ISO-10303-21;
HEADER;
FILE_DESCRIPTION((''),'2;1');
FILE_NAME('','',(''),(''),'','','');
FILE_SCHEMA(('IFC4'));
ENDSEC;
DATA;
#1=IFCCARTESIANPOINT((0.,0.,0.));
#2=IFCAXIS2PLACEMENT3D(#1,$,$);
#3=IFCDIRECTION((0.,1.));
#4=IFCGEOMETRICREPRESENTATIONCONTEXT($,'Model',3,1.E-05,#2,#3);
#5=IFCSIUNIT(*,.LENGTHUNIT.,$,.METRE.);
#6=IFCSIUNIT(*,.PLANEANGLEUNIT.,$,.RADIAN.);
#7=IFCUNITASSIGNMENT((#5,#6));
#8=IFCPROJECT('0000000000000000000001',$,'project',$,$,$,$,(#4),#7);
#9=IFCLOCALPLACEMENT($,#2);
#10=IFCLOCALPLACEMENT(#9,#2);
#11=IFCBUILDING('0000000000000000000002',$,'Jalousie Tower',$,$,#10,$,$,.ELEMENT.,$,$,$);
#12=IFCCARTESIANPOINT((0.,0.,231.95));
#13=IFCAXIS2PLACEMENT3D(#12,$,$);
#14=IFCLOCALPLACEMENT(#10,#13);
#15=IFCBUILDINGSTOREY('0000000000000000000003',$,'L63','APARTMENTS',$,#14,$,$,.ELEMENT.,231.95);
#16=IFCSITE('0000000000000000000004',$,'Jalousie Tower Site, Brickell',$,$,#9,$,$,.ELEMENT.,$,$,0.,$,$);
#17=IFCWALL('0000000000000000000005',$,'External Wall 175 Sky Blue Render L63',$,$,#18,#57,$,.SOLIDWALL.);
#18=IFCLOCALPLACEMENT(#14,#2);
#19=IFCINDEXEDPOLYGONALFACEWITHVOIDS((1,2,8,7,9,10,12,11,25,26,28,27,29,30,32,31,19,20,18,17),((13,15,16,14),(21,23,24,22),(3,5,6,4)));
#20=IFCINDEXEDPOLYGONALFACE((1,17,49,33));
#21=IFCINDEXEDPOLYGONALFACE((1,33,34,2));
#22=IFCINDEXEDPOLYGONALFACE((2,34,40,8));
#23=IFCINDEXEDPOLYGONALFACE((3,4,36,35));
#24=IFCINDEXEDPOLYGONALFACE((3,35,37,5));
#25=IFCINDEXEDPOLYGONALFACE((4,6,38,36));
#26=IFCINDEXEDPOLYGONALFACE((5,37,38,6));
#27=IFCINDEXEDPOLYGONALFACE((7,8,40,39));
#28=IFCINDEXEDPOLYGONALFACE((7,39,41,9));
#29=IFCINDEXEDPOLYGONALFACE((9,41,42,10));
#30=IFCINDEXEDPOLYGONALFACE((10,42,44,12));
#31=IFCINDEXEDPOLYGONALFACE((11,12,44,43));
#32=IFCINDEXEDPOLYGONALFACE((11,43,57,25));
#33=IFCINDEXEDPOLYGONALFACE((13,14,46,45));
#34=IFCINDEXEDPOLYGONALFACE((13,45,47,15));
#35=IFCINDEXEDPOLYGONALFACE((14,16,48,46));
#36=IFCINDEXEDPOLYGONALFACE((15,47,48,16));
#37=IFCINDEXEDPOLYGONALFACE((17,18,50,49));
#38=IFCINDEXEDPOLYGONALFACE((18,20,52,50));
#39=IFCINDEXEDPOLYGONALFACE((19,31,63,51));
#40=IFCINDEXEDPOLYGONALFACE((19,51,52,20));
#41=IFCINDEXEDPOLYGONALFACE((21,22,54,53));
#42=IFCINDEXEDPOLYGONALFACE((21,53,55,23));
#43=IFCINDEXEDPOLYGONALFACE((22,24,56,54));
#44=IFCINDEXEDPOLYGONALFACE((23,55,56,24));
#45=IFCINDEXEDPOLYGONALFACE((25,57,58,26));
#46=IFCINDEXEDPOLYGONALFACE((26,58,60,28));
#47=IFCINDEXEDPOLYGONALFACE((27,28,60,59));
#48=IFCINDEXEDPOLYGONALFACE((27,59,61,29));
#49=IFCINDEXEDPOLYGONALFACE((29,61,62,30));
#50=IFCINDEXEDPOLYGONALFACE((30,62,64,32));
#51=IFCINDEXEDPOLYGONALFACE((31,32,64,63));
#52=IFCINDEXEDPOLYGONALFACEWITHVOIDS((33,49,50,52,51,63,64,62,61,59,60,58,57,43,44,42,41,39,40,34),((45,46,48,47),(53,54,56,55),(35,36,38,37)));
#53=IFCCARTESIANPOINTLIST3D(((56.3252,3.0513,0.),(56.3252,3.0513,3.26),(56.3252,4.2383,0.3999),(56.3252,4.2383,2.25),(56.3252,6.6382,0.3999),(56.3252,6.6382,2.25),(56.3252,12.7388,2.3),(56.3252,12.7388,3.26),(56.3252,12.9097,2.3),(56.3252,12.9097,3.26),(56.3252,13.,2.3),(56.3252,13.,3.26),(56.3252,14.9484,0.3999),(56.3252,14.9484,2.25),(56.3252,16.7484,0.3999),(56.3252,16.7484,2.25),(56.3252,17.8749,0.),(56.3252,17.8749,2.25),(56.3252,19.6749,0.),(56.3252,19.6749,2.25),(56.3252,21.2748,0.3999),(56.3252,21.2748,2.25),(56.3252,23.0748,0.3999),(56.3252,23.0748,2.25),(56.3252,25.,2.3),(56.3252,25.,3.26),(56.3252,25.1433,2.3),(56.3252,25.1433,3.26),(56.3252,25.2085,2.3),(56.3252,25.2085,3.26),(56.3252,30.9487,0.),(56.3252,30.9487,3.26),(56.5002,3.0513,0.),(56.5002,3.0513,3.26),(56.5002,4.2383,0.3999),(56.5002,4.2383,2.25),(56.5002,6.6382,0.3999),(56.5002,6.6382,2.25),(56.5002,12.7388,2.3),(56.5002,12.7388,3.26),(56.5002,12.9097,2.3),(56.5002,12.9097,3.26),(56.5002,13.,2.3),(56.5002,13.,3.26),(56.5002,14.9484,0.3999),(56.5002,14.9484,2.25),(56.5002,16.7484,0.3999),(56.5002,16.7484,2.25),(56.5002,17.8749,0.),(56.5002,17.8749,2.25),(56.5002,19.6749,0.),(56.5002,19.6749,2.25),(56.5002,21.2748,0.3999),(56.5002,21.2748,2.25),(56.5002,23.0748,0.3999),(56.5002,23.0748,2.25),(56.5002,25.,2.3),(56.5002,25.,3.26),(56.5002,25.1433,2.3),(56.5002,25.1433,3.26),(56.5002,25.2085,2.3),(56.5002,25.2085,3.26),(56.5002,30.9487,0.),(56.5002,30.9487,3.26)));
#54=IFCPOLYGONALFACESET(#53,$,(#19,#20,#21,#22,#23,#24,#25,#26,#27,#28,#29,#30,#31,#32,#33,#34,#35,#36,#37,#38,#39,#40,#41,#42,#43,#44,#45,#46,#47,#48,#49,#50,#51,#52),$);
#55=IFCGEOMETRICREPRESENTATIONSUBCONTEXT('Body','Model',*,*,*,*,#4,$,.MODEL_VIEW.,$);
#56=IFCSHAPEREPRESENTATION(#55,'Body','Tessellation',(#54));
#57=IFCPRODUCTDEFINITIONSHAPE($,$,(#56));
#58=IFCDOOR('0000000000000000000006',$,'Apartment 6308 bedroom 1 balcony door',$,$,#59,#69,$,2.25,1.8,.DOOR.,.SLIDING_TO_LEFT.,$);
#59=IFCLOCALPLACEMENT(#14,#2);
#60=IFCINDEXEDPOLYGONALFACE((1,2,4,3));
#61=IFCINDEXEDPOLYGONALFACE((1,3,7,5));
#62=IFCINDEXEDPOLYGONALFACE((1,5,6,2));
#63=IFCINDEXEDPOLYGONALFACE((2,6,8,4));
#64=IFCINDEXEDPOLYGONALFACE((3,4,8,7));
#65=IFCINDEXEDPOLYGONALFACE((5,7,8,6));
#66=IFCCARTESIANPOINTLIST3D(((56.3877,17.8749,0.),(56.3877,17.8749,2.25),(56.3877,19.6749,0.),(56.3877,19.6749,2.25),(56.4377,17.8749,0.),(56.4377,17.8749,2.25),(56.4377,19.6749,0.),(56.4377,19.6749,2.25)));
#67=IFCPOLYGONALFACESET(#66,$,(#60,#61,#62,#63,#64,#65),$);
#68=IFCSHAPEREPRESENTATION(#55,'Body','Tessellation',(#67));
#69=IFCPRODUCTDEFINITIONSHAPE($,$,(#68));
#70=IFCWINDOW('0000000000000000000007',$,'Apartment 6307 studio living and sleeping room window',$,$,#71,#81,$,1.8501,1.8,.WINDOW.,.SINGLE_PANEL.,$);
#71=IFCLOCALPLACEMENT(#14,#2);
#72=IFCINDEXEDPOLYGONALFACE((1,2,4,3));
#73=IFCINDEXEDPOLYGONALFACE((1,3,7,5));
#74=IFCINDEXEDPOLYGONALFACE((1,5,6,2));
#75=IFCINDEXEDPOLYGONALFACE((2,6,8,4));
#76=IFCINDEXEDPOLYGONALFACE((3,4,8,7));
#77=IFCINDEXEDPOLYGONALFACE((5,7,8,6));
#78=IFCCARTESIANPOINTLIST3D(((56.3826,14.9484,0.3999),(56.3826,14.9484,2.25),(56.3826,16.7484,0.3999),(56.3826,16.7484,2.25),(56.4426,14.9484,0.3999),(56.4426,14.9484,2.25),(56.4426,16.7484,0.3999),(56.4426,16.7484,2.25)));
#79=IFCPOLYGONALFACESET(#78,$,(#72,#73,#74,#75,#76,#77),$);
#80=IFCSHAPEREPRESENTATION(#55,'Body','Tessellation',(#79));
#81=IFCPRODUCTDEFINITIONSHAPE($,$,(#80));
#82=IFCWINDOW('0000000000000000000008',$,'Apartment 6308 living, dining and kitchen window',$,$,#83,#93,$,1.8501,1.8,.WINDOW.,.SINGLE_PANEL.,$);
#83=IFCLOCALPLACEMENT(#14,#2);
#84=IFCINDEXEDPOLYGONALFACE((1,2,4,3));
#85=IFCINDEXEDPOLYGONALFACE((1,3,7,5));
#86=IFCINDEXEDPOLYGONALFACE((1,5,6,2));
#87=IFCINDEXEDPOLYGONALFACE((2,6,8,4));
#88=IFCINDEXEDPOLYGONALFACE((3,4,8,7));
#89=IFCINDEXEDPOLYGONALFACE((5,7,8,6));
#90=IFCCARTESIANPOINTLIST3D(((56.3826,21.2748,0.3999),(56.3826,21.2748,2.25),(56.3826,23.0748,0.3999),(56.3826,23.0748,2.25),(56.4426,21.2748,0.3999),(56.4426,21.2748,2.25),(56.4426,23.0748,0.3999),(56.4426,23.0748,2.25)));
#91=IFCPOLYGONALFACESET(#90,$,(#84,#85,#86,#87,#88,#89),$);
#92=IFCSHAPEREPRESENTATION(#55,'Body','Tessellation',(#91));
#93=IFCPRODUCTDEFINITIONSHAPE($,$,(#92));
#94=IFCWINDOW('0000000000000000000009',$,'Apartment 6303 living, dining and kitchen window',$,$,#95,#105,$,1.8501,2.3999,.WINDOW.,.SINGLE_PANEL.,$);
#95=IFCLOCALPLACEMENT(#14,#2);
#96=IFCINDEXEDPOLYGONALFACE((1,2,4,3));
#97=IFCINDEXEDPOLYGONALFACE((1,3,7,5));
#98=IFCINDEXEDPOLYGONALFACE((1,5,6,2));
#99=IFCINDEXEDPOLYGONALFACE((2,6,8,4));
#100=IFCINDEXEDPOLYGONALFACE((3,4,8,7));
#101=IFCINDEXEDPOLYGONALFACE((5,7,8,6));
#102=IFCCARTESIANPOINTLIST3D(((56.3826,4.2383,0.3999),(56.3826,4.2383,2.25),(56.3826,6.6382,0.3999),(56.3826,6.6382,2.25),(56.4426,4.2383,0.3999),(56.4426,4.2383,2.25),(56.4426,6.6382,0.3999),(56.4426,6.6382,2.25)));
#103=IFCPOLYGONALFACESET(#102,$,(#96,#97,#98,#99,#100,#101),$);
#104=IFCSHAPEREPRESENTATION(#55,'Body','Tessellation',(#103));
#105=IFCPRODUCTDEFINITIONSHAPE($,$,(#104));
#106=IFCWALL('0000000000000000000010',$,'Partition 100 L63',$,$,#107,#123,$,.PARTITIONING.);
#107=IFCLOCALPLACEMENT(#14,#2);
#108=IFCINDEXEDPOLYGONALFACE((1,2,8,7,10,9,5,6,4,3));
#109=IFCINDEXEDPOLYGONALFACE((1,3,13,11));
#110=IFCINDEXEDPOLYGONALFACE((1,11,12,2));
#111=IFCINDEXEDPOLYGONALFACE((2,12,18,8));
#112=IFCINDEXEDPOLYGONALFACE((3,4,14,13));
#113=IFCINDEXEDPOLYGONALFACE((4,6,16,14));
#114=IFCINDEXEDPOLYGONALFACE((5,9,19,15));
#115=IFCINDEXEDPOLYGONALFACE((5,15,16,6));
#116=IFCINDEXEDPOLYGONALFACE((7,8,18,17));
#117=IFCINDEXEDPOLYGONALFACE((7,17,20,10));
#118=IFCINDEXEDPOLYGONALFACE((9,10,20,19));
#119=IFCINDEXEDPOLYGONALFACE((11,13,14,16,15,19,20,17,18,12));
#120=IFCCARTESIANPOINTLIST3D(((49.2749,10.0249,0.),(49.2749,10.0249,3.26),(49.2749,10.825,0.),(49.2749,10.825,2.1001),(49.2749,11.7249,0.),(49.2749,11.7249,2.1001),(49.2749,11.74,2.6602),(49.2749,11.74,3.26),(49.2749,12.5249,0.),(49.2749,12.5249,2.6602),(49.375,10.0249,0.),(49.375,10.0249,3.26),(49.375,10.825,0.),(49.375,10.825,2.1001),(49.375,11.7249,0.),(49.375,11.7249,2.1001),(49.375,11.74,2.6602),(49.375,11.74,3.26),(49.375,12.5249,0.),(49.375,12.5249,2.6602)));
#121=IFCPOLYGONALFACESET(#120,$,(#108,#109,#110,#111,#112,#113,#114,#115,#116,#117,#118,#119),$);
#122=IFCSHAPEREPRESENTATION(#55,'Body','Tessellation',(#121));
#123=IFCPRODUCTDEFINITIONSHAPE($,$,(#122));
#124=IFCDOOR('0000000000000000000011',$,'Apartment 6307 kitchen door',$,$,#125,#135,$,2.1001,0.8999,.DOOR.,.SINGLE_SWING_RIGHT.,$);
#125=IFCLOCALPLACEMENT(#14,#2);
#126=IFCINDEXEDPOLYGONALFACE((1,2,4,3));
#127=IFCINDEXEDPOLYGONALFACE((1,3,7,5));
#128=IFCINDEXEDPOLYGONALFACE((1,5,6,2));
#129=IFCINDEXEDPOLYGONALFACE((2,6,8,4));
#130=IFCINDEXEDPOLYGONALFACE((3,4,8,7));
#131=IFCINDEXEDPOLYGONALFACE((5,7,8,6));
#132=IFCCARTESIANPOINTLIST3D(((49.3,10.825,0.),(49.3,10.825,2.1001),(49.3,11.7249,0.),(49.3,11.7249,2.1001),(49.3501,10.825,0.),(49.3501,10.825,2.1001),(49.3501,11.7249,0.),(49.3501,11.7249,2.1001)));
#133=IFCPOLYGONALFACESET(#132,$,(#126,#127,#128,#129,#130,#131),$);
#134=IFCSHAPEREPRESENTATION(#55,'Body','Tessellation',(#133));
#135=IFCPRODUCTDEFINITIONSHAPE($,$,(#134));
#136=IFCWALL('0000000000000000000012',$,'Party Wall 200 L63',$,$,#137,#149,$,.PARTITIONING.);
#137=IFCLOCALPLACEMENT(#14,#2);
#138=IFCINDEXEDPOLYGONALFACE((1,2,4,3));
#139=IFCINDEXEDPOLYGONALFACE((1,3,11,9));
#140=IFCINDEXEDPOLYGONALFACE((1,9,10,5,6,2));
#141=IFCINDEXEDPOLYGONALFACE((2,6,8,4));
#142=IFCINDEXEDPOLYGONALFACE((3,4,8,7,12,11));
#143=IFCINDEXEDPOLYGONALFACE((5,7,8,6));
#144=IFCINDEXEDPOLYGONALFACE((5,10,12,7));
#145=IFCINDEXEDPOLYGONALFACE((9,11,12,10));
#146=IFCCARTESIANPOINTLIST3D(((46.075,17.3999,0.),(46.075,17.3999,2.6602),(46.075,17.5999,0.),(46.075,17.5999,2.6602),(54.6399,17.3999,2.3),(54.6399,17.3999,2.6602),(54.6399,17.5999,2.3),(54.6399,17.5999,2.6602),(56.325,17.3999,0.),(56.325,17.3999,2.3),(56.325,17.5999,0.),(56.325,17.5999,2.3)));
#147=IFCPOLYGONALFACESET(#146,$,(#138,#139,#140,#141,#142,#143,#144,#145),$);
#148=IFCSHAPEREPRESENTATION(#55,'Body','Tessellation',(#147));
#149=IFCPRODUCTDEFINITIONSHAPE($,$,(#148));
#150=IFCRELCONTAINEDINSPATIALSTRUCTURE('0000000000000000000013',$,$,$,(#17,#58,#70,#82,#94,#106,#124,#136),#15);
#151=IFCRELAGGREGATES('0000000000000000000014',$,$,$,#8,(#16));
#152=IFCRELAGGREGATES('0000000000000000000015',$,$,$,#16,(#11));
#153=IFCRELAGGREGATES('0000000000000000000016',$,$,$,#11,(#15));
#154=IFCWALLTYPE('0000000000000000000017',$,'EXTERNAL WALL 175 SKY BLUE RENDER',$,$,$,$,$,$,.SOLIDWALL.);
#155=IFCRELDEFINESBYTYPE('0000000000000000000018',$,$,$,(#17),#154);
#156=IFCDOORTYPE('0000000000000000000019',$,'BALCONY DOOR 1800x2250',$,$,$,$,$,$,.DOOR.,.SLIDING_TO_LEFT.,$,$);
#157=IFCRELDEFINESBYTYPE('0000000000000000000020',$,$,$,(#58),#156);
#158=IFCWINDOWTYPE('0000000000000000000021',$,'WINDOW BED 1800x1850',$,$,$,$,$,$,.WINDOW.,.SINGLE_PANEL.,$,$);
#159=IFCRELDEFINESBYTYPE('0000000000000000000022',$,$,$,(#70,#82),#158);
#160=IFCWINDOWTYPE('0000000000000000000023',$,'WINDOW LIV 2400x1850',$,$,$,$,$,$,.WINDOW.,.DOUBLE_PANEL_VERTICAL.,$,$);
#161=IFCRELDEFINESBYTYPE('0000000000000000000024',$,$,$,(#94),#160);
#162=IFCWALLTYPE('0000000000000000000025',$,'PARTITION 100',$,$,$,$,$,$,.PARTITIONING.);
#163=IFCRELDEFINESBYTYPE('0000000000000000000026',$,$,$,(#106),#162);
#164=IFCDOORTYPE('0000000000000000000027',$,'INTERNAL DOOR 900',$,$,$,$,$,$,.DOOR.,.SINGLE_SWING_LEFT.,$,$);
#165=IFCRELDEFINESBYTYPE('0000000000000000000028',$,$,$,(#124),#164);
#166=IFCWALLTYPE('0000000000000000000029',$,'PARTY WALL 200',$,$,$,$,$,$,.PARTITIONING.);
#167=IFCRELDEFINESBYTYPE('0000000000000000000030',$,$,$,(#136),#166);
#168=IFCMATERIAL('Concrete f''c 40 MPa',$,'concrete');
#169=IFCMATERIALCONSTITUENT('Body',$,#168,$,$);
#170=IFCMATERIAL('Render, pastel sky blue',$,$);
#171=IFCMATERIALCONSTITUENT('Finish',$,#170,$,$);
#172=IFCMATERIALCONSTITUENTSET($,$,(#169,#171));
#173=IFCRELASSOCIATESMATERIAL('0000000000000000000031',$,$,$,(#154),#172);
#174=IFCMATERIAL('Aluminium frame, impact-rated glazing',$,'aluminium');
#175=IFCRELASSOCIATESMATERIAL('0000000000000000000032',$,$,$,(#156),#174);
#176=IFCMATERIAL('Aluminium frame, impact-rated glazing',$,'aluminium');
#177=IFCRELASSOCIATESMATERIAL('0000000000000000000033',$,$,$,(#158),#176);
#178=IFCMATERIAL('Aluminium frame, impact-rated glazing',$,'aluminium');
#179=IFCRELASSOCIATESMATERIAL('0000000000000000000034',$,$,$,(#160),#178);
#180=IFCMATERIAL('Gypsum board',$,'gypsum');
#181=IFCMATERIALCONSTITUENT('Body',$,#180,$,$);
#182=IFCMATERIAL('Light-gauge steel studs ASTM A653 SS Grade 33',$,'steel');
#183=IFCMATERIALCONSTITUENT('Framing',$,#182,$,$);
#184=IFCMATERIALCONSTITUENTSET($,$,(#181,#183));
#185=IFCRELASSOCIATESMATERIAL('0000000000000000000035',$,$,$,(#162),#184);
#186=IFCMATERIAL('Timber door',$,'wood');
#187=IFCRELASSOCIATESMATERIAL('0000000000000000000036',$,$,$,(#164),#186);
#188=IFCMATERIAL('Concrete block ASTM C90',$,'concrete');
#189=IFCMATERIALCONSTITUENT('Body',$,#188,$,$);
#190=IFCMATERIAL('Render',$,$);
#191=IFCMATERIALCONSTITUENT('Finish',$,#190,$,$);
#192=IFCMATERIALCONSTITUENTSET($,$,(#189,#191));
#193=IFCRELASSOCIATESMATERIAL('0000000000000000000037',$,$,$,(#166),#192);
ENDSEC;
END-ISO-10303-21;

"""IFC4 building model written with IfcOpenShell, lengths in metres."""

from ifc_helpers import new_model, si_unit, direction, frame, frame_2d, origin, place, context, subcontext, project, spatial, polyline, rectangle, outline, extrude, material, constituent, constituent_set, type_object, element, fill, save


model = new_model("IFC4")

# Units and contexts
model_context = context("Model", 3, precision=1e-05, world=origin(), true_north=direction((0.0, 1.0)))
body_context = subcontext(model_context, "Body", "Model", "MODEL_VIEW")
ifc_project = project(units=[si_unit("LENGTHUNIT", "METRE"), si_unit("PLANEANGLEUNIT", "RADIAN")], contexts=[model_context])

# Site, building, storey
site_placement = place(None, origin())
site = spatial("IfcSite", under=ifc_project, at=site_placement, Name="Jalousie Tower Site, Brickell", CompositionType="ELEMENT", RefElevation=0.0)
building_placement = place(site_placement, origin())
building = spatial("IfcBuilding", under=site, at=building_placement, Name="Jalousie Tower", CompositionType="ELEMENT")
storey_placement = place(building_placement, frame((0.0, 0.0, 231.95)))
storey = spatial("IfcBuildingStorey", under=building, at=storey_placement, Name="L63", Description="APARTMENTS", CompositionType="ELEMENT", Elevation=231.95)

# Wall, openings, door, windows
ifc_material_1 = material(Name="Concrete f'c 40 MPa", Category="concrete")
ifc_constituent_1 = constituent(ifc_material_1, Name="Body")
ifc_material_2 = material(Name="Render, pastel sky blue")
ifc_constituent_2 = constituent(ifc_material_2, Name="Finish")
ifc_constituent_set_1 = constituent_set(constituents=[ifc_constituent_1, ifc_constituent_2])
wall_type_1 = type_object("IfcWallType", Name="EXTERNAL WALL 175 SKY BLUE RENDER", PredefinedType="SOLIDWALL", material=ifc_constituent_set_1)
wall_1_placement = place(storey_placement, frame((56.4126, 3.0513, 0.0), z_axis=(0.0, 0.0, 1.0), x_axis=(0.0, 1.0, 0.0)))
wall_1 = element("IfcWall", 1, at=wall_1_placement, inside=storey, type_object=wall_type_1, Name="External Wall 175 Sky Blue Render L63", PredefinedType="SOLIDWALL", context=body_context, shape_type="SweptSolid", body=[
    extrude(outline(polyline([(0.0, 0.0), (27.8975, 0.0), (27.8975, 3.26), (22.1572, 3.26), (22.1572, 2.3), (22.092, 2.3), (22.092, 3.26), (21.9487, 3.26), (21.9487, 2.3), (9.9487, 2.3), (9.9487, 3.26), (9.8584, 3.26), (9.8584, 2.3), (9.6875, 2.3), (9.6875, 3.26), (0.0, 3.26), (0.0, 0.0)])), frame((0.0, 0.0874, 0.0), z_axis=(0.0, -1.0, 0.0), x_axis=(1.0, 0.0, 0.0)), (0.0, 0.0, 1.0), 0.175),
])
opening_1_placement = place(wall_1_placement, frame((1.187, 0.0, 0.3999)))
opening_1 = element("IfcOpeningElement", 2, at=opening_1_placement, cuts=wall_1, PredefinedType="OPENING", context=body_context, shape_type="SweptSolid", body=[
    extrude(rectangle(XDim=2.3999, YDim=1.8501, at=frame_2d((1.2, 0.925))), frame((0.0, 0.0974, 0.0), z_axis=(0.0, -1.0, 0.0), x_axis=(1.0, 0.0, 0.0)), (0.0, 0.0, 1.0), 0.1951),
])
opening_2_placement = place(wall_1_placement, frame((11.8972, 0.0, 0.3999)))
opening_2 = element("IfcOpeningElement", 3, at=opening_2_placement, cuts=wall_1, PredefinedType="OPENING", context=body_context, shape_type="SweptSolid", body=[
    extrude(rectangle(XDim=1.8, YDim=1.8501, at=frame_2d((0.8999, 0.925))), frame((0.0, 0.0974, 0.0), z_axis=(0.0, -1.0, 0.0), x_axis=(1.0, 0.0, 0.0)), (0.0, 0.0, 1.0), 0.1951),
])
opening_3_placement = place(wall_1_placement, frame((14.8237, 0.0, 0.0)))
opening_3 = element("IfcOpeningElement", 4, at=opening_3_placement, cuts=wall_1, PredefinedType="OPENING", context=body_context, shape_type="SweptSolid", body=[
    extrude(rectangle(XDim=1.8, YDim=2.25, at=frame_2d((0.8999, 1.125))), frame((0.0, 0.0974, 0.0), z_axis=(0.0, -1.0, 0.0), x_axis=(1.0, 0.0, 0.0)), (0.0, 0.0, 1.0), 0.1951),
])
opening_4_placement = place(wall_1_placement, frame((18.2236, 0.0, 0.3999)))
opening_4 = element("IfcOpeningElement", 5, at=opening_4_placement, cuts=wall_1, PredefinedType="OPENING", context=body_context, shape_type="SweptSolid", body=[
    extrude(rectangle(XDim=1.8, YDim=1.8501, at=frame_2d((0.8999, 0.925))), frame((0.0, 0.0974, 0.0), z_axis=(0.0, -1.0, 0.0), x_axis=(1.0, 0.0, 0.0)), (0.0, 0.0, 1.0), 0.1951),
])
ifc_material_3 = material(Name="Aluminium frame, impact-rated glazing", Category="aluminium")
door_type_1 = type_object("IfcDoorType", Name="BALCONY DOOR 1800x2250", OperationType="SLIDING_TO_LEFT", PredefinedType="DOOR", material=ifc_material_3)
door_1_placement = place(opening_3_placement, origin())
door_1 = element("IfcDoor", 6, at=door_1_placement, inside=storey, type_object=door_type_1, Name="Apartment 6308 bedroom 1 balcony door", OperationType="SLIDING_TO_LEFT", OverallHeight=2.25, OverallWidth=1.8, PredefinedType="DOOR", context=body_context, shape_type="SweptSolid", body=[
    extrude(rectangle(XDim=1.8, YDim=2.25, at=frame_2d((0.8999, 1.125))), frame((0.0, 0.0249, 0.0), z_axis=(0.0, -1.0, 0.0), x_axis=(1.0, 0.0, 0.0)), (0.0, 0.0, 1.0), 0.05),
])
fill(opening_3, door_1)
ifc_material_4 = material(Name="Aluminium frame, impact-rated glazing", Category="aluminium")
window_type_1 = type_object("IfcWindowType", Name="WINDOW BED 1800x1850", PartitioningType="SINGLE_PANEL", PredefinedType="WINDOW", material=ifc_material_4)
window_1_placement = place(opening_2_placement, origin())
window_1 = element("IfcWindow", 7, at=window_1_placement, inside=storey, type_object=window_type_1, Name="Apartment 6307 studio living and sleeping room window", OverallHeight=1.8501, OverallWidth=1.8, PartitioningType="SINGLE_PANEL", PredefinedType="WINDOW", context=body_context, shape_type="SweptSolid", body=[
    extrude(rectangle(XDim=1.8, YDim=1.8501, at=frame_2d((0.8999, 0.925))), frame((0.0, 0.03, 0.0), z_axis=(0.0, -1.0, 0.0), x_axis=(1.0, 0.0, 0.0)), (0.0, 0.0, 1.0), 0.0601),
])
fill(opening_2, window_1)
window_2_placement = place(opening_4_placement, origin())
window_2 = element("IfcWindow", 8, at=window_2_placement, inside=storey, type_object=window_type_1, Name="Apartment 6308 living, dining and kitchen window", OverallHeight=1.8501, OverallWidth=1.8, PartitioningType="SINGLE_PANEL", PredefinedType="WINDOW", context=body_context, shape_type="SweptSolid", body=[
    extrude(rectangle(XDim=1.8, YDim=1.8501, at=frame_2d((0.8999, 0.925))), frame((0.0, 0.03, 0.0), z_axis=(0.0, -1.0, 0.0), x_axis=(1.0, 0.0, 0.0)), (0.0, 0.0, 1.0), 0.0601),
])
fill(opening_4, window_2)
ifc_material_5 = material(Name="Aluminium frame, impact-rated glazing", Category="aluminium")
window_type_2 = type_object("IfcWindowType", Name="WINDOW LIV 2400x1850", PartitioningType="DOUBLE_PANEL_VERTICAL", PredefinedType="WINDOW", material=ifc_material_5)
window_3_placement = place(opening_1_placement, origin())
window_3 = element("IfcWindow", 9, at=window_3_placement, inside=storey, type_object=window_type_2, Name="Apartment 6303 living, dining and kitchen window", OverallHeight=1.8501, OverallWidth=2.3999, PartitioningType="SINGLE_PANEL", PredefinedType="WINDOW", context=body_context, shape_type="SweptSolid", body=[
    extrude(rectangle(XDim=2.3999, YDim=1.8501, at=frame_2d((1.2, 0.925))), frame((0.0, 0.03, 0.0), z_axis=(0.0, -1.0, 0.0), x_axis=(1.0, 0.0, 0.0)), (0.0, 0.0, 1.0), 0.0601),
])
fill(opening_1, window_3)

# Wall, opening, door
ifc_material_6 = material(Name="Gypsum board", Category="gypsum")
ifc_constituent_3 = constituent(ifc_material_6, Name="Body")
ifc_material_7 = material(Name="Light-gauge steel studs ASTM A653 SS Grade 33", Category="steel")
ifc_constituent_4 = constituent(ifc_material_7, Name="Framing")
ifc_constituent_set_2 = constituent_set(constituents=[ifc_constituent_3, ifc_constituent_4])
wall_type_2 = type_object("IfcWallType", Name="PARTITION 100", PredefinedType="PARTITIONING", material=ifc_constituent_set_2)
wall_2_placement = place(storey_placement, frame((49.325, 10.0249, 0.0), z_axis=(0.0, 0.0, 1.0), x_axis=(0.0, 1.0, 0.0)))
wall_2 = element("IfcWall", 10, at=wall_2_placement, inside=storey, type_object=wall_type_2, Name="Partition 100 L63", PredefinedType="PARTITIONING", context=body_context, shape_type="SweptSolid", body=[
    extrude(outline(polyline([(0.0, 0.0), (2.5, 0.0), (2.5, 3.26), (2.5, 2.6602), (1.7151, 2.6602), (1.7151, 3.26), (0.0, 3.26), (0.0, 0.0)])), frame((0.0, 0.05, 0.0), z_axis=(0.0, -1.0, 0.0), x_axis=(1.0, 0.0, 0.0)), (0.0, 0.0, 1.0), 0.1001),
])
opening_5_placement = place(wall_2_placement, frame((0.8, 0.0, 0.0)))
opening_5 = element("IfcOpeningElement", 11, at=opening_5_placement, cuts=wall_2, PredefinedType="OPENING", context=body_context, shape_type="SweptSolid", body=[
    extrude(rectangle(XDim=0.8999, YDim=2.1001, at=frame_2d((0.45, 1.05))), frame((0.0, 0.0601, 0.0), z_axis=(0.0, -1.0, 0.0), x_axis=(1.0, 0.0, 0.0)), (0.0, 0.0, 1.0), 0.1201),
])
ifc_material_8 = material(Name="Timber door", Category="wood")
door_type_2 = type_object("IfcDoorType", Name="INTERNAL DOOR 900", OperationType="SINGLE_SWING_LEFT", PredefinedType="DOOR", material=ifc_material_8)
door_2_placement = place(opening_5_placement, origin())
door_2 = element("IfcDoor", 12, at=door_2_placement, inside=storey, type_object=door_type_2, Name="Apartment 6307 kitchen door", OperationType="SINGLE_SWING_RIGHT", OverallHeight=2.1001, OverallWidth=0.8999, PredefinedType="DOOR", context=body_context, shape_type="SweptSolid", body=[
    extrude(rectangle(XDim=0.8999, YDim=2.1001, at=frame_2d((0.45, 1.05))), frame((0.0, 0.0249, 0.0), z_axis=(0.0, -1.0, 0.0), x_axis=(1.0, 0.0, 0.0)), (0.0, 0.0, 1.0), 0.05),
])
fill(opening_5, door_2)

# Wall
ifc_material_9 = material(Name="Concrete block ASTM C90", Category="concrete")
ifc_constituent_5 = constituent(ifc_material_9, Name="Body")
ifc_material_10 = material(Name="Render")
ifc_constituent_6 = constituent(ifc_material_10, Name="Finish")
ifc_constituent_set_3 = constituent_set(constituents=[ifc_constituent_5, ifc_constituent_6])
wall_type_3 = type_object("IfcWallType", Name="PARTY WALL 200", PredefinedType="PARTITIONING", material=ifc_constituent_set_3)
wall_3_placement = place(storey_placement, frame((56.325, 17.5, 0.0), z_axis=(0.0, 0.0, 1.0), x_axis=(-1.0, 0.0, 0.0)))
element("IfcWall", 13, at=wall_3_placement, inside=storey, type_object=wall_type_3, Name="Party Wall 200 L63", PredefinedType="PARTITIONING", context=body_context, shape_type="SweptSolid", body=[
    extrude(outline(polyline([(0.0, 0.0), (10.25, 0.0), (10.25, 3.26), (10.25, 2.6602), (1.6851, 2.6602), (1.6851, 2.3), (0.0, 2.3), (0.0, 3.26), (0.0, 0.0)])), frame((0.0, 0.1001, 0.0), z_axis=(0.0, -1.0, 0.0), x_axis=(1.0, 0.0, 0.0)), (0.0, 0.0, 1.0), 0.2),
])

save(model, "model.ifc")
